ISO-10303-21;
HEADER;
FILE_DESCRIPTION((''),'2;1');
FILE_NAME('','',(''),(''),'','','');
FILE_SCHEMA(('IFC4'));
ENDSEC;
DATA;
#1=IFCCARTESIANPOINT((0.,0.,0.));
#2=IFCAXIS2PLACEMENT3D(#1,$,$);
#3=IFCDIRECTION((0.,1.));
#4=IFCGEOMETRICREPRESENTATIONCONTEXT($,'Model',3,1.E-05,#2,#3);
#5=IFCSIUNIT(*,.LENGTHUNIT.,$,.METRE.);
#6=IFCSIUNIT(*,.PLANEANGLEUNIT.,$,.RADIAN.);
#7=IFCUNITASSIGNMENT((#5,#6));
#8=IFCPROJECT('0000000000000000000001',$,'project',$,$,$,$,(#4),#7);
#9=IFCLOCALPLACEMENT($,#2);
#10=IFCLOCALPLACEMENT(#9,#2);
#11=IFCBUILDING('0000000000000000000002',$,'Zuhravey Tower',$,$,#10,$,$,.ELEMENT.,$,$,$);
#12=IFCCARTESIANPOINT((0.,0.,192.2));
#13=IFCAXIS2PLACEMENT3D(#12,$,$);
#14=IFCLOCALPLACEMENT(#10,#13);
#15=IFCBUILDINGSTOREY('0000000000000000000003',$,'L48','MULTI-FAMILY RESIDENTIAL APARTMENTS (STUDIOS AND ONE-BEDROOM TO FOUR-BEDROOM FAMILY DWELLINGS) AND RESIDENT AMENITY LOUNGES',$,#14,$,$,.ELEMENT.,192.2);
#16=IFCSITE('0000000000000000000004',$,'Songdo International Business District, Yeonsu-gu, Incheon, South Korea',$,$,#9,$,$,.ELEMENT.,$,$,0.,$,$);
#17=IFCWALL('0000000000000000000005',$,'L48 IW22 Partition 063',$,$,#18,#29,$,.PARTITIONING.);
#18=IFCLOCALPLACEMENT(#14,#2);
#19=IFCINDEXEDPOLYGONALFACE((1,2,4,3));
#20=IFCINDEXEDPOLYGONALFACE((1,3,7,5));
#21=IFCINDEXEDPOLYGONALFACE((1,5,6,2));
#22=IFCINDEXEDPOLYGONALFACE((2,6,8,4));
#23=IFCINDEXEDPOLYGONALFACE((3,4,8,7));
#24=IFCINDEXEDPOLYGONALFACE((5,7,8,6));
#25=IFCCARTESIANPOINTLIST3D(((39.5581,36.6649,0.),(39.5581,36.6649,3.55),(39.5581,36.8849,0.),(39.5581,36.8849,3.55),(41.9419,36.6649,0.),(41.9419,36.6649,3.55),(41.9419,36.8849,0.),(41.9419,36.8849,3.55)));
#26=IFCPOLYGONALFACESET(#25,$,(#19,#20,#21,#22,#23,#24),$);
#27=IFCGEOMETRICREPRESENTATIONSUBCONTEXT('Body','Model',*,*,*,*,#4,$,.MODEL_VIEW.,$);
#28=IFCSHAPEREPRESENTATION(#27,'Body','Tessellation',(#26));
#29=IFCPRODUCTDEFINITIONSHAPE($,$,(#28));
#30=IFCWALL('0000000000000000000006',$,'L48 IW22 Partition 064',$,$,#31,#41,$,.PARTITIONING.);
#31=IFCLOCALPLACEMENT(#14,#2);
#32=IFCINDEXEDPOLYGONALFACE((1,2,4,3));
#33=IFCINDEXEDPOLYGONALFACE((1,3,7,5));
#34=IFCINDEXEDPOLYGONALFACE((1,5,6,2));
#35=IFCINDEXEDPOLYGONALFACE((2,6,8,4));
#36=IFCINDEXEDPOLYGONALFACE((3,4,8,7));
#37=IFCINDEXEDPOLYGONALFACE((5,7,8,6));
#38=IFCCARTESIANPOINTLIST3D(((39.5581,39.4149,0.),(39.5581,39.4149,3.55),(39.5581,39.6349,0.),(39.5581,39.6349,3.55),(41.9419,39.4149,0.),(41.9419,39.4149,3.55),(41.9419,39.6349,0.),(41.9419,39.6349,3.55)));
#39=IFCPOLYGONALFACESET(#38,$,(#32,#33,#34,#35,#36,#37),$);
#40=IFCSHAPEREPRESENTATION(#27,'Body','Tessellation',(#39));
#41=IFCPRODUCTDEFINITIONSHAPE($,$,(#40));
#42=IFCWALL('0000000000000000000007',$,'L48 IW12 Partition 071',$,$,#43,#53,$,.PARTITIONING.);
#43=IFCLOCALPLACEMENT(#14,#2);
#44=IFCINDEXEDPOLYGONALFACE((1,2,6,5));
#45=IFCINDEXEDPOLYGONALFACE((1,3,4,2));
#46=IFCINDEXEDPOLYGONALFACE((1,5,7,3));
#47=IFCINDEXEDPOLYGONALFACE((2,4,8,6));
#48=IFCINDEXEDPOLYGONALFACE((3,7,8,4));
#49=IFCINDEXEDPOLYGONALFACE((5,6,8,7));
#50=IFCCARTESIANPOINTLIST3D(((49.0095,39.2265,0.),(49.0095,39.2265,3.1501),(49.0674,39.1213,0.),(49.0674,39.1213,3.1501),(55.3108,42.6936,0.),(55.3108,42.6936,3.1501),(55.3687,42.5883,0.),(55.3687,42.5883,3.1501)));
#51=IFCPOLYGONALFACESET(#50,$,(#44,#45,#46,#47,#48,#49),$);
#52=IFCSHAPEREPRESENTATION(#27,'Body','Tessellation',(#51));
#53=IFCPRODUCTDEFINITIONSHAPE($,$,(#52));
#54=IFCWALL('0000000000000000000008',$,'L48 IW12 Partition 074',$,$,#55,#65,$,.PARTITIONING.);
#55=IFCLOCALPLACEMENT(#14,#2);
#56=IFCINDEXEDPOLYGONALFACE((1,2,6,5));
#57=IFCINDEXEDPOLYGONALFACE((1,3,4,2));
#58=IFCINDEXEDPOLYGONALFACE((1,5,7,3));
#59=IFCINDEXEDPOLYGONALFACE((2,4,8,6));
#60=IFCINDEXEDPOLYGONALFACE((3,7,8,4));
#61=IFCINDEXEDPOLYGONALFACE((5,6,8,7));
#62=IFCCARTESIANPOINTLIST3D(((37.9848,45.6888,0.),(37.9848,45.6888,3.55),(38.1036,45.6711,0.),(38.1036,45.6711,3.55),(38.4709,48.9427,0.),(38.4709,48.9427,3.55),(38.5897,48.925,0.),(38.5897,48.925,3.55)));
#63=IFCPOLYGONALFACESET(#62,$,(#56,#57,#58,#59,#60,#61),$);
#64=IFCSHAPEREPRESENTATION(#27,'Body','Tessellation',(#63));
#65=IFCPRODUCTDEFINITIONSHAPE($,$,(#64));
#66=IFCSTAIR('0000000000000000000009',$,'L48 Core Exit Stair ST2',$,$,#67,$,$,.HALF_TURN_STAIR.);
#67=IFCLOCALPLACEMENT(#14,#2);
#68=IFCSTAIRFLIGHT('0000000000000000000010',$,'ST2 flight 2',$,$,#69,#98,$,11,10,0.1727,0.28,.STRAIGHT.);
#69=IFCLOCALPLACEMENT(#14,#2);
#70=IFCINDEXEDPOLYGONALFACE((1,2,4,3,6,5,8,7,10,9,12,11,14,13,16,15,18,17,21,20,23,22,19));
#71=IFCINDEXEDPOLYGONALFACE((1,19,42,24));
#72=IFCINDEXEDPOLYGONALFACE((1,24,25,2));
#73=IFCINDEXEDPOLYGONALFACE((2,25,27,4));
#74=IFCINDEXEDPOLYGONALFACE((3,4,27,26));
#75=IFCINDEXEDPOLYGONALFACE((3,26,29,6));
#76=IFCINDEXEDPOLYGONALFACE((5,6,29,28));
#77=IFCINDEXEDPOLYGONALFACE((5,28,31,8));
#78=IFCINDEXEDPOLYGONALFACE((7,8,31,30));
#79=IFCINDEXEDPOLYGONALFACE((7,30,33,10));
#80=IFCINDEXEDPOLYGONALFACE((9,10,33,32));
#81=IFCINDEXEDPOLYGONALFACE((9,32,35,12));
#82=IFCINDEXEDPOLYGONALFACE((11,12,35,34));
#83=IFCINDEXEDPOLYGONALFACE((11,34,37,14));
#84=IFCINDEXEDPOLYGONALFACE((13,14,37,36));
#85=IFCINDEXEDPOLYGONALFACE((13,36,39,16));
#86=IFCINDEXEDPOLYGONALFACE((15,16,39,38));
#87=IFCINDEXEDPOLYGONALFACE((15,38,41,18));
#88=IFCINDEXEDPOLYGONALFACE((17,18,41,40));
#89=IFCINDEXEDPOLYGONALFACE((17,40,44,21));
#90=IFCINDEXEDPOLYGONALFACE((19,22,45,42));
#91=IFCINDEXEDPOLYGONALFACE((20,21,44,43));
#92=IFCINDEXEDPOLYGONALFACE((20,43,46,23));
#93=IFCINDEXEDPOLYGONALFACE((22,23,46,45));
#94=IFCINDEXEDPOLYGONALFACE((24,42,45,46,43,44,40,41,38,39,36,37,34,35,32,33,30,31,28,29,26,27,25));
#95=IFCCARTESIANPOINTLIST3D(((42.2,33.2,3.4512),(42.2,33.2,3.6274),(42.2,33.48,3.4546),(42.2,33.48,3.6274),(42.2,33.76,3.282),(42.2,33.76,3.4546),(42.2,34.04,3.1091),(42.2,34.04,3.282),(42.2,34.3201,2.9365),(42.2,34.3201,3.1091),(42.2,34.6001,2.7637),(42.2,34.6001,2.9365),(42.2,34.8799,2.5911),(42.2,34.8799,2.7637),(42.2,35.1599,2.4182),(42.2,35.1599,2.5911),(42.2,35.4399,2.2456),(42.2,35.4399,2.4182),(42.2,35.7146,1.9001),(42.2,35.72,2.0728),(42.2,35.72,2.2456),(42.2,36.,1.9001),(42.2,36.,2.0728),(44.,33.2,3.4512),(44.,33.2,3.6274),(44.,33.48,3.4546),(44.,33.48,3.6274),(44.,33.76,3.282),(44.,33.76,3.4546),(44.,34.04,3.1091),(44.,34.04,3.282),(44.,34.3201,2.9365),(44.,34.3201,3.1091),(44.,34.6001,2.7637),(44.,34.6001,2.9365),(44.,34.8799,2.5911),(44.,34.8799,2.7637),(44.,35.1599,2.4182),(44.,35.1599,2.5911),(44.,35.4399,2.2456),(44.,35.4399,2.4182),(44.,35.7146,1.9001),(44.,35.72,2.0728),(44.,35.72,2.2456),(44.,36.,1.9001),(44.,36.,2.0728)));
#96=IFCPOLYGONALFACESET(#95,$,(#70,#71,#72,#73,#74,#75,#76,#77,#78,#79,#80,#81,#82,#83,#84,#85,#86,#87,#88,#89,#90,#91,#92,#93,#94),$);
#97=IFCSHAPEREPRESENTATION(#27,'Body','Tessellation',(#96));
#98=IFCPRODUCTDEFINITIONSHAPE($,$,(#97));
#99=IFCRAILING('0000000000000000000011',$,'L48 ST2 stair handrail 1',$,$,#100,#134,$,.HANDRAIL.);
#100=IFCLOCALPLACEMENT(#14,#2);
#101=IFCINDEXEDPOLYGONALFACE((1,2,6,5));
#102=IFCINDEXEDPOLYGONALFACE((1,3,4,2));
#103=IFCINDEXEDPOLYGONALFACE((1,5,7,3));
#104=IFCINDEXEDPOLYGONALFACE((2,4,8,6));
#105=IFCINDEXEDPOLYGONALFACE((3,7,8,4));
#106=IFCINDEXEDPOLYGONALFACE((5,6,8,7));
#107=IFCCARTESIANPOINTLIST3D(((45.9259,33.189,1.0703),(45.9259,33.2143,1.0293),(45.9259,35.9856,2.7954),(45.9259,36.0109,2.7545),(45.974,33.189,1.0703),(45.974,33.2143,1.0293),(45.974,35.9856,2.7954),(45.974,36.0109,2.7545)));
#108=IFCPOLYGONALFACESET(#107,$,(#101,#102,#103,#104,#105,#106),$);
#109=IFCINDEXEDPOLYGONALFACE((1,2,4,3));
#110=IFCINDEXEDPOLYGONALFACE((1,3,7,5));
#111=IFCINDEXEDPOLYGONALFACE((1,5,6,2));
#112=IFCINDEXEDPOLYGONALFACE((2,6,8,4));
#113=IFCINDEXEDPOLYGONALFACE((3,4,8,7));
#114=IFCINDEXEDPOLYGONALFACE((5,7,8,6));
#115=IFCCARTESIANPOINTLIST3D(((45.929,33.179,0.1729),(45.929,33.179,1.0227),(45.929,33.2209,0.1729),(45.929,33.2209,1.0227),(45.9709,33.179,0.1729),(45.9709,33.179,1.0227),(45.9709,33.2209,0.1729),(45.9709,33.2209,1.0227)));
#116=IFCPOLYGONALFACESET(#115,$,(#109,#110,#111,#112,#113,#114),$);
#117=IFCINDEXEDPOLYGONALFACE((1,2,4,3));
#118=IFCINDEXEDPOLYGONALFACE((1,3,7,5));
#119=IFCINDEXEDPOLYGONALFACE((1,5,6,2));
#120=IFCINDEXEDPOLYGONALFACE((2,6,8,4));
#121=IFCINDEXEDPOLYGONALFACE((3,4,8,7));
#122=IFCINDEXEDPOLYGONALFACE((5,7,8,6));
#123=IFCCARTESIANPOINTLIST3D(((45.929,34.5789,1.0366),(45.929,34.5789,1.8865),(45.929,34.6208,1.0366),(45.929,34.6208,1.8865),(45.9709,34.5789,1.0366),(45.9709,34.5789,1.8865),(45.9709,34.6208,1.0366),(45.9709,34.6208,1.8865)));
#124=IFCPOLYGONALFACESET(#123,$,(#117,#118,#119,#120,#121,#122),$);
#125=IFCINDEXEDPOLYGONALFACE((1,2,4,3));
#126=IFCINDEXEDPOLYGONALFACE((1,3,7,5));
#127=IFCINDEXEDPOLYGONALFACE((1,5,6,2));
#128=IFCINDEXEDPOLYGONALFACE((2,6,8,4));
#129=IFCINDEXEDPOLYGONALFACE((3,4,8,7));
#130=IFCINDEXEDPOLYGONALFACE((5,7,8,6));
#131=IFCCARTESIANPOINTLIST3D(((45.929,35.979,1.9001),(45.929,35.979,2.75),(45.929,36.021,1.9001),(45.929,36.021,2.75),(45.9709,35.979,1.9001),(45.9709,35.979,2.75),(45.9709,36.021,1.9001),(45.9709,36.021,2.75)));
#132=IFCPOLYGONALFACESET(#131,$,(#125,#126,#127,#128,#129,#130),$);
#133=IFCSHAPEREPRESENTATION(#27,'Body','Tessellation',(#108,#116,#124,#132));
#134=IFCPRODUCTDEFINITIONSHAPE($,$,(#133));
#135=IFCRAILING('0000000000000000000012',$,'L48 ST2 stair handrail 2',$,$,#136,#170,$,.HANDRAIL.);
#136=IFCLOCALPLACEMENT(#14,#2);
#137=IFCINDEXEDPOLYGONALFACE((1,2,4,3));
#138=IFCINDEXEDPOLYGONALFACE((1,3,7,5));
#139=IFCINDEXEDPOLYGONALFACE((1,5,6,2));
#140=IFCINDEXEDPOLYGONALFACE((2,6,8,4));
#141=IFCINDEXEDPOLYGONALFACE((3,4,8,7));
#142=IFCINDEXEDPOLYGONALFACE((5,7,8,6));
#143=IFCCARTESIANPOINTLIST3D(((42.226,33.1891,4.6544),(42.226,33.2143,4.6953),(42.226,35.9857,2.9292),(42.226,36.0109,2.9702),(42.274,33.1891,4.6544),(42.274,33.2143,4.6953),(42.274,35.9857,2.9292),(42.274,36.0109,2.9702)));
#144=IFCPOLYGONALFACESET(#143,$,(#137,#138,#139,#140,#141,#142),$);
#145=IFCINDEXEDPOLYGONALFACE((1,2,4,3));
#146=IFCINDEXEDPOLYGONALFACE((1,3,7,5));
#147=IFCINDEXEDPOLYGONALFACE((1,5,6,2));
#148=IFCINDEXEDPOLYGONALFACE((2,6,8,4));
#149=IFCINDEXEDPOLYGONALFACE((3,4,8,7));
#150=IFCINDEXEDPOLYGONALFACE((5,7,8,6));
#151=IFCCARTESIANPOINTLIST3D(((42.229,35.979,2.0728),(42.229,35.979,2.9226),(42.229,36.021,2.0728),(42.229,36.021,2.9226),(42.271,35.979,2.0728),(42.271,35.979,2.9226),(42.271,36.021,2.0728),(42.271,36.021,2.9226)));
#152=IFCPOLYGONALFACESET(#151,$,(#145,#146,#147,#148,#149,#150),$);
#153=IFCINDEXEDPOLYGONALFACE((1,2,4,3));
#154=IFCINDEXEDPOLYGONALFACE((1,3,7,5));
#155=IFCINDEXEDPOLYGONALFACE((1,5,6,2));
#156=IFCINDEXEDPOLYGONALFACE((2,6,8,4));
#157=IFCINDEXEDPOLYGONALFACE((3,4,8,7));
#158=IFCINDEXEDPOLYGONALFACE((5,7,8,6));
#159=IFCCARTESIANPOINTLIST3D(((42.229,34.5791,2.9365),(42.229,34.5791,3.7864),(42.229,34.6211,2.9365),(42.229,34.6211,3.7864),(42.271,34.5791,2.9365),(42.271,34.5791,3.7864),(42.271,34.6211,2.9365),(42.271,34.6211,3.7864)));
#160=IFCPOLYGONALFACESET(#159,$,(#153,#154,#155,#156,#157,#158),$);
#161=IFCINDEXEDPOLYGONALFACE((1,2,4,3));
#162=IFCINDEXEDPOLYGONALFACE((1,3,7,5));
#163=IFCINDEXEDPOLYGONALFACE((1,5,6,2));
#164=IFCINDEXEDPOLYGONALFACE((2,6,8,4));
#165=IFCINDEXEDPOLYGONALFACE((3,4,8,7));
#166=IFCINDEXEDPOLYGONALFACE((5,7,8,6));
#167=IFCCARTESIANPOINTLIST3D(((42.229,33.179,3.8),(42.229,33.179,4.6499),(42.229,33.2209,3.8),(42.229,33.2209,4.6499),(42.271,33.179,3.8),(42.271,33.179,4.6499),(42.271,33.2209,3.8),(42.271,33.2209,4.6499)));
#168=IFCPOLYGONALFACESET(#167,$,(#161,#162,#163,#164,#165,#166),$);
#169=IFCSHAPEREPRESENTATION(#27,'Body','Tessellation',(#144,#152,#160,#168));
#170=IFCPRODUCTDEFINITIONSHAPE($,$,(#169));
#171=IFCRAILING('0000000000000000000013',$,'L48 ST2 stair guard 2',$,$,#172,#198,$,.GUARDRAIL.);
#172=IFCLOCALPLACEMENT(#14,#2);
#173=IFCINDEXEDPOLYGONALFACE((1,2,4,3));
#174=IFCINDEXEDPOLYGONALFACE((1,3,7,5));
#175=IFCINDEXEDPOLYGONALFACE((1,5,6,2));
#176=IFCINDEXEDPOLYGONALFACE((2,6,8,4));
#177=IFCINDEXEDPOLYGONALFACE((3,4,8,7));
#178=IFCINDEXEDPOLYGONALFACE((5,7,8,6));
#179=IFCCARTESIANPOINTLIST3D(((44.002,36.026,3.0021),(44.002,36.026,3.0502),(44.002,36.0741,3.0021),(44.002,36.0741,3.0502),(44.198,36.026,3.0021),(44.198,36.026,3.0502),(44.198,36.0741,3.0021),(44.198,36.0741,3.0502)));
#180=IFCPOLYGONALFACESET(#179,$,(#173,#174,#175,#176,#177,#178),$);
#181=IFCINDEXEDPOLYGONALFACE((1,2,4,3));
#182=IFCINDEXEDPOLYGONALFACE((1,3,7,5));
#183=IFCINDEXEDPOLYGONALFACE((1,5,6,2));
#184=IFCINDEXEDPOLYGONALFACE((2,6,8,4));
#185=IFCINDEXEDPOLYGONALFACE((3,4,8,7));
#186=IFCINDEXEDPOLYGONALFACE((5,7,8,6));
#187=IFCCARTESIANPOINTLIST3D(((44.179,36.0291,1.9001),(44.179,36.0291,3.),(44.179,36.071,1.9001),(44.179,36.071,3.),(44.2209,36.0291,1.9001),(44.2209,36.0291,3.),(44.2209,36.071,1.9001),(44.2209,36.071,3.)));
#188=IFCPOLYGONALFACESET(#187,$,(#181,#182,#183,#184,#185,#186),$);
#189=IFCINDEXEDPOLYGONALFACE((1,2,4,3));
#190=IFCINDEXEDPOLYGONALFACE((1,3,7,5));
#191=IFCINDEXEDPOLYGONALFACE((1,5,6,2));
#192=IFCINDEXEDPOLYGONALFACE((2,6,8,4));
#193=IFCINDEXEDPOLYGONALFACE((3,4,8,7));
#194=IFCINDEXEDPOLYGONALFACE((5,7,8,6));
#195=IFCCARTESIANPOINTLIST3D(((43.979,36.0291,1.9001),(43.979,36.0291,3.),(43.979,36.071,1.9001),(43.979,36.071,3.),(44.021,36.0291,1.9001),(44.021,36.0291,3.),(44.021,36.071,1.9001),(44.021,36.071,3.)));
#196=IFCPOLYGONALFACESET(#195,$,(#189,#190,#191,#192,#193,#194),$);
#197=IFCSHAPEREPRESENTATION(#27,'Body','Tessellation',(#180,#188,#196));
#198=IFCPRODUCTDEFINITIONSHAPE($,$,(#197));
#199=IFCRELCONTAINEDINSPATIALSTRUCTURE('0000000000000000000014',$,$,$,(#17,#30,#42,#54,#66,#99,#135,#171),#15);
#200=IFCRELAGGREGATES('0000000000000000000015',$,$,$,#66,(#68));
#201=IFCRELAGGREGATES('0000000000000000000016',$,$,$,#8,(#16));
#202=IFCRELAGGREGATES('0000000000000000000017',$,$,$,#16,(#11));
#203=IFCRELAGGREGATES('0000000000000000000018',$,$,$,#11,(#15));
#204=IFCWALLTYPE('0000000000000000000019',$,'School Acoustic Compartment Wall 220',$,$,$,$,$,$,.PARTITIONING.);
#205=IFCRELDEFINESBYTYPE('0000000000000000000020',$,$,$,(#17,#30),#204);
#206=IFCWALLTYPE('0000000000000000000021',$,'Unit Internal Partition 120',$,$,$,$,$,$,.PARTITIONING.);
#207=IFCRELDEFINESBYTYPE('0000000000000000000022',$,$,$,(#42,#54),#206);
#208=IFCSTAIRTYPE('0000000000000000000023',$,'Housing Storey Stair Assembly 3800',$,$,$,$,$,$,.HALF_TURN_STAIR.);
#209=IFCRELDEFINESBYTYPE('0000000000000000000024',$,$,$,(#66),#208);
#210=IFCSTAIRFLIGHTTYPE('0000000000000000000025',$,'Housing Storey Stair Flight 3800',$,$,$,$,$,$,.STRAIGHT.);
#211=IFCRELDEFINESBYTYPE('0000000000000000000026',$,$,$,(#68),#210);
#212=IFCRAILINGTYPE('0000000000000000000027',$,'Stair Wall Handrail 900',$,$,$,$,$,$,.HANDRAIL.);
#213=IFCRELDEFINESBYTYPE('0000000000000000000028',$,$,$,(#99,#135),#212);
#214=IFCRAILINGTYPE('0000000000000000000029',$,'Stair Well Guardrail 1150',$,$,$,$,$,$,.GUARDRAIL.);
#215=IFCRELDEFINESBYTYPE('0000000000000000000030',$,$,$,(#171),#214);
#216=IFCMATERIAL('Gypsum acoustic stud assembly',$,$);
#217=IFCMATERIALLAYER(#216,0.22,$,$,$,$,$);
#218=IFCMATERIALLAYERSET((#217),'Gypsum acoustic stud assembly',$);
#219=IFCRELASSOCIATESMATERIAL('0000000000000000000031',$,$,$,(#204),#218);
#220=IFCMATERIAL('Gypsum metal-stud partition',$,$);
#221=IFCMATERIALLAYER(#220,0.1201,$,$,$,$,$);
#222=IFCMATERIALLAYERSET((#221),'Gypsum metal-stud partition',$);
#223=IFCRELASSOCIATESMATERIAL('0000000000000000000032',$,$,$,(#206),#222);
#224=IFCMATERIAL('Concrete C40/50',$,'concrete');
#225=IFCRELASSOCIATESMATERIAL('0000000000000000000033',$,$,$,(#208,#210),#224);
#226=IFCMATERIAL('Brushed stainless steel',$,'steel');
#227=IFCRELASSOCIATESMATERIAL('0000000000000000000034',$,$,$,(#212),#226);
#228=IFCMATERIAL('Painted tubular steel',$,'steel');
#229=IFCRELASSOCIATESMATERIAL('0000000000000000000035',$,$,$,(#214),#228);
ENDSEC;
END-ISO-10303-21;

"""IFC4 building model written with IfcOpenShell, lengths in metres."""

from ifc_helpers import new_model, si_unit, direction, frame, frame_2d, origin, origin_2d, place, context, subcontext, project, spatial, polyline, rectangle, outline, extrude, material, layer, layer_set, type_object, element, aggregate, save


model = new_model("IFC4")

# Units and contexts
model_context = context("Model", 3, precision=1e-05, world=origin(), true_north=direction((0.0, 1.0)))
body_context = subcontext(model_context, "Body", "Model", "MODEL_VIEW")
ifc_project = project(units=[si_unit("LENGTHUNIT", "METRE"), si_unit("PLANEANGLEUNIT", "RADIAN")], contexts=[model_context])

# Site, building, storey
site_placement = place(None, origin())
site = spatial("IfcSite", under=ifc_project, at=site_placement, Name="Songdo International Business District, Yeonsu-gu, Incheon, South Korea", CompositionType="ELEMENT", RefElevation=0.0)
building_placement = place(site_placement, origin())
building = spatial("IfcBuilding", under=site, at=building_placement, Name="Zuhravey Tower", CompositionType="ELEMENT")
storey_placement = place(building_placement, frame((0.0, 0.0, 192.2)))
storey = spatial("IfcBuildingStorey", under=building, at=storey_placement, Name="L48", Description="MULTI-FAMILY RESIDENTIAL APARTMENTS (STUDIOS AND ONE-BEDROOM TO FOUR-BEDROOM FAMILY DWELLINGS) AND RESIDENT AMENITY LOUNGES", CompositionType="ELEMENT", Elevation=192.2)

# Walls
ifc_material_1 = material(Name="Gypsum acoustic stud assembly")
ifc_layer_1 = layer(ifc_material_1, 0.22)
ifc_layer_set_1 = layer_set([ifc_layer_1], Name="Gypsum acoustic stud assembly")
wall_type_1 = type_object("IfcWallType", Name="School Acoustic Compartment Wall 220", PredefinedType="PARTITIONING", material=ifc_layer_set_1)
for number, where, z_axis, x_axis, name in (
    (1, (39.5581, 36.7749, 0.0), (0.0, 0.0, 1.0), (1.0, 0.0, 0.0), "L48 IW22 Partition 063"),
    (2, (39.5581, 39.5249, 0.0), (0.0, 0.0, 1.0), (1.0, 0.0, 0.0), "L48 IW22 Partition 064"),
):
    element("IfcWall", number, at=place(storey_placement, frame(where, z_axis=z_axis, x_axis=x_axis)), inside=storey, type_object=wall_type_1, Name=name, PredefinedType="PARTITIONING", context=body_context, shape_type="SweptSolid", body=[
        extrude(rectangle(XDim=2.3838, YDim=0.22, at=frame_2d((1.1919, 0.0))), origin(), (0.0, 0.0, 1.0), 3.55),
    ])
ifc_material_2 = material(Name="Gypsum metal-stud partition")
ifc_layer_2 = layer(ifc_material_2, 0.1201)
ifc_layer_set_2 = layer_set([ifc_layer_2], Name="Gypsum metal-stud partition")
wall_type_2 = type_object("IfcWallType", Name="Unit Internal Partition 120", PredefinedType="PARTITIONING", material=ifc_layer_set_2)
wall_1_placement = place(storey_placement, frame((49.0383, 39.1738, 0.0), z_axis=(0.0, 0.0, 1.0), x_axis=(0.876137, 0.482062, 0.0)))
element("IfcWall", 3, at=wall_1_placement, inside=storey, type_object=wall_type_2, Name="L48 IW12 Partition 071", PredefinedType="PARTITIONING", context=body_context, shape_type="SweptSolid", body=[
    extrude(rectangle(XDim=7.1921, YDim=0.1201, at=frame_2d((3.5962, 0.0))), origin(), (0.0, 0.0, 1.0), 3.1501),
])
wall_2_placement = place(storey_placement, frame((38.0442, 45.6799, 0.0), z_axis=(0.0, 0.0, 1.0), x_axis=(0.147745, 0.989025, 0.0)))
element("IfcWall", 4, at=wall_2_placement, inside=storey, type_object=wall_type_2, Name="L48 IW12 Partition 074", PredefinedType="PARTITIONING", context=body_context, shape_type="SweptSolid", body=[
    extrude(rectangle(XDim=3.29, YDim=0.1201, at=frame_2d((1.645, 0.0))), origin(), (0.0, 0.0, 1.0), 3.55),
])

# Stair, stair flight
ifc_material_3 = material(Name="Concrete C40/50", Category="concrete")
stair_type = type_object("IfcStairType", Name="Housing Storey Stair Assembly 3800", PredefinedType="HALF_TURN_STAIR", material=ifc_material_3)
stair_placement = place(storey_placement, origin())
stair = element("IfcStair", 5, at=stair_placement, inside=storey, type_object=stair_type, Name="L48 Core Exit Stair ST2", PredefinedType="HALF_TURN_STAIR")
stair_flight_type = type_object("IfcStairFlightType", Name="Housing Storey Stair Flight 3800", PredefinedType="STRAIGHT", material=ifc_material_3)
stair_flight_placement = place(storey_placement, frame((43.1001, 36.0, 1.9001), z_axis=(0.0, 0.0, 1.0), x_axis=(0.0, -1.0, 0.0)))
stair_flight = element("IfcStairFlight", 6, at=stair_flight_placement, type_object=stair_flight_type, Name="ST2 flight 2", NumberOfRisers=11, NumberOfTreads=10, PredefinedType="STRAIGHT", RiserHeight=0.1727, TreadLength=0.28, context=body_context, shape_type="SweptSolid", body=[
    extrude(outline(polyline([(0.0, 0.0), (0.0, 0.1726), (0.28, 0.1726), (0.28, 0.3455), (0.5601, 0.3455), (0.5601, 0.5181), (0.8401, 0.5181), (0.8401, 0.6909), (1.1201, 0.6909), (1.1201, 0.8635), (1.3999, 0.8635), (1.3999, 1.0364), (1.6799, 1.0364), (1.6799, 1.209), (1.96, 1.209), (1.96, 1.3818), (2.24, 1.3818), (2.24, 1.5544), (2.52, 1.5544), (2.52, 1.7273), (2.8, 1.7273), (2.8, 1.8999), (2.8, 1.551), (0.2854, 0.0), (0.0, 0.0)])), frame((0.0, 0.8999, 0.0), z_axis=(0.0, -1.0, 0.0), x_axis=(1.0, 0.0, 0.0)), (0.0, 0.0, 1.0), 1.8),
])
aggregate(stair, [stair_flight])

# Railings
ifc_material_4 = material(Name="Brushed stainless steel", Category="steel")
railing_type_1 = type_object("IfcRailingType", Name="Stair Wall Handrail 900", PredefinedType="HANDRAIL", material=ifc_material_4)
railing_1_placement = place(storey_placement, frame((45.95, 33.2, 0.1729)))
element("IfcRailing", 7, at=railing_1_placement, inside=storey, type_object=railing_type_1, Name="L48 ST2 stair handrail 1", PredefinedType="HANDRAIL", context=body_context, shape_type="SweptSolid", body=[
    extrude(rectangle(XDim=0.0481, YDim=0.0481, at=origin_2d()), frame((0.0, 0.0017, 0.877), z_axis=(0.0, 0.85109, 0.52502), x_axis=(-1.0, 0.0, 0.0)), (0.0, 0.0, 1.0), 3.2859),
    extrude(rectangle(XDim=0.042, YDim=0.042, at=origin_2d()), origin(), (0.0, 0.0, 1.0), 0.8499),
    extrude(rectangle(XDim=0.042, YDim=0.042, at=origin_2d()), frame((0.0, 1.3999, 0.8638)), (0.0, 0.0, 1.0), 0.8499),
    extrude(rectangle(XDim=0.042, YDim=0.042, at=origin_2d()), frame((0.0, 2.8, 1.7273)), (0.0, 0.0, 1.0), 0.8499),
])
railing_2_placement = place(storey_placement, frame((42.25, 36.0, 2.0728)))
element("IfcRailing", 8, at=railing_2_placement, inside=storey, type_object=railing_type_1, Name="L48 ST2 stair handrail 2", PredefinedType="HANDRAIL", context=body_context, shape_type="SweptSolid", body=[
    extrude(rectangle(XDim=0.0481, YDim=0.0481, at=origin_2d()), frame((0.0, -0.0017, 0.877), z_axis=(0.0, -0.85109, 0.52502), x_axis=(1.0, 0.0, 0.0)), (0.0, 0.0, 1.0), 3.2859),
    extrude(rectangle(XDim=0.042, YDim=0.042, at=origin_2d()), origin(), (0.0, 0.0, 1.0), 0.8499),
    extrude(rectangle(XDim=0.042, YDim=0.042, at=origin_2d()), frame((0.0, -1.3999, 0.8638)), (0.0, 0.0, 1.0), 0.8499),
    extrude(rectangle(XDim=0.042, YDim=0.042, at=origin_2d()), frame((0.0, -2.8, 1.7273)), (0.0, 0.0, 1.0), 0.8499),
])
ifc_material_5 = material(Name="Painted tubular steel", Category="steel")
railing_type_2 = type_object("IfcRailingType", Name="Stair Well Guardrail 1150", PredefinedType="GUARDRAIL", material=ifc_material_5)
railing_3_placement = place(storey_placement, frame((44.2, 36.05, 1.9001)))
element("IfcRailing", 9, at=railing_3_placement, inside=storey, type_object=railing_type_2, Name="L48 ST2 stair guard 2", PredefinedType="GUARDRAIL", context=body_context, shape_type="SweptSolid", body=[
    extrude(rectangle(XDim=0.0481, YDim=0.0481, at=origin_2d()), frame((-0.002, 0.0, 1.126), z_axis=(-1.0, 0.0, 0.0), x_axis=(0.0, -1.0, 0.0)), (0.0, 0.0, 1.0), 0.196),
    extrude(rectangle(XDim=0.042, YDim=0.042, at=origin_2d()), origin(), (0.0, 0.0, 1.0), 1.0999),
    extrude(rectangle(XDim=0.042, YDim=0.042, at=origin_2d()), frame((-0.2, 0.0, 0.0)), (0.0, 0.0, 1.0), 1.0999),
])

save(model, "model.ifc")
